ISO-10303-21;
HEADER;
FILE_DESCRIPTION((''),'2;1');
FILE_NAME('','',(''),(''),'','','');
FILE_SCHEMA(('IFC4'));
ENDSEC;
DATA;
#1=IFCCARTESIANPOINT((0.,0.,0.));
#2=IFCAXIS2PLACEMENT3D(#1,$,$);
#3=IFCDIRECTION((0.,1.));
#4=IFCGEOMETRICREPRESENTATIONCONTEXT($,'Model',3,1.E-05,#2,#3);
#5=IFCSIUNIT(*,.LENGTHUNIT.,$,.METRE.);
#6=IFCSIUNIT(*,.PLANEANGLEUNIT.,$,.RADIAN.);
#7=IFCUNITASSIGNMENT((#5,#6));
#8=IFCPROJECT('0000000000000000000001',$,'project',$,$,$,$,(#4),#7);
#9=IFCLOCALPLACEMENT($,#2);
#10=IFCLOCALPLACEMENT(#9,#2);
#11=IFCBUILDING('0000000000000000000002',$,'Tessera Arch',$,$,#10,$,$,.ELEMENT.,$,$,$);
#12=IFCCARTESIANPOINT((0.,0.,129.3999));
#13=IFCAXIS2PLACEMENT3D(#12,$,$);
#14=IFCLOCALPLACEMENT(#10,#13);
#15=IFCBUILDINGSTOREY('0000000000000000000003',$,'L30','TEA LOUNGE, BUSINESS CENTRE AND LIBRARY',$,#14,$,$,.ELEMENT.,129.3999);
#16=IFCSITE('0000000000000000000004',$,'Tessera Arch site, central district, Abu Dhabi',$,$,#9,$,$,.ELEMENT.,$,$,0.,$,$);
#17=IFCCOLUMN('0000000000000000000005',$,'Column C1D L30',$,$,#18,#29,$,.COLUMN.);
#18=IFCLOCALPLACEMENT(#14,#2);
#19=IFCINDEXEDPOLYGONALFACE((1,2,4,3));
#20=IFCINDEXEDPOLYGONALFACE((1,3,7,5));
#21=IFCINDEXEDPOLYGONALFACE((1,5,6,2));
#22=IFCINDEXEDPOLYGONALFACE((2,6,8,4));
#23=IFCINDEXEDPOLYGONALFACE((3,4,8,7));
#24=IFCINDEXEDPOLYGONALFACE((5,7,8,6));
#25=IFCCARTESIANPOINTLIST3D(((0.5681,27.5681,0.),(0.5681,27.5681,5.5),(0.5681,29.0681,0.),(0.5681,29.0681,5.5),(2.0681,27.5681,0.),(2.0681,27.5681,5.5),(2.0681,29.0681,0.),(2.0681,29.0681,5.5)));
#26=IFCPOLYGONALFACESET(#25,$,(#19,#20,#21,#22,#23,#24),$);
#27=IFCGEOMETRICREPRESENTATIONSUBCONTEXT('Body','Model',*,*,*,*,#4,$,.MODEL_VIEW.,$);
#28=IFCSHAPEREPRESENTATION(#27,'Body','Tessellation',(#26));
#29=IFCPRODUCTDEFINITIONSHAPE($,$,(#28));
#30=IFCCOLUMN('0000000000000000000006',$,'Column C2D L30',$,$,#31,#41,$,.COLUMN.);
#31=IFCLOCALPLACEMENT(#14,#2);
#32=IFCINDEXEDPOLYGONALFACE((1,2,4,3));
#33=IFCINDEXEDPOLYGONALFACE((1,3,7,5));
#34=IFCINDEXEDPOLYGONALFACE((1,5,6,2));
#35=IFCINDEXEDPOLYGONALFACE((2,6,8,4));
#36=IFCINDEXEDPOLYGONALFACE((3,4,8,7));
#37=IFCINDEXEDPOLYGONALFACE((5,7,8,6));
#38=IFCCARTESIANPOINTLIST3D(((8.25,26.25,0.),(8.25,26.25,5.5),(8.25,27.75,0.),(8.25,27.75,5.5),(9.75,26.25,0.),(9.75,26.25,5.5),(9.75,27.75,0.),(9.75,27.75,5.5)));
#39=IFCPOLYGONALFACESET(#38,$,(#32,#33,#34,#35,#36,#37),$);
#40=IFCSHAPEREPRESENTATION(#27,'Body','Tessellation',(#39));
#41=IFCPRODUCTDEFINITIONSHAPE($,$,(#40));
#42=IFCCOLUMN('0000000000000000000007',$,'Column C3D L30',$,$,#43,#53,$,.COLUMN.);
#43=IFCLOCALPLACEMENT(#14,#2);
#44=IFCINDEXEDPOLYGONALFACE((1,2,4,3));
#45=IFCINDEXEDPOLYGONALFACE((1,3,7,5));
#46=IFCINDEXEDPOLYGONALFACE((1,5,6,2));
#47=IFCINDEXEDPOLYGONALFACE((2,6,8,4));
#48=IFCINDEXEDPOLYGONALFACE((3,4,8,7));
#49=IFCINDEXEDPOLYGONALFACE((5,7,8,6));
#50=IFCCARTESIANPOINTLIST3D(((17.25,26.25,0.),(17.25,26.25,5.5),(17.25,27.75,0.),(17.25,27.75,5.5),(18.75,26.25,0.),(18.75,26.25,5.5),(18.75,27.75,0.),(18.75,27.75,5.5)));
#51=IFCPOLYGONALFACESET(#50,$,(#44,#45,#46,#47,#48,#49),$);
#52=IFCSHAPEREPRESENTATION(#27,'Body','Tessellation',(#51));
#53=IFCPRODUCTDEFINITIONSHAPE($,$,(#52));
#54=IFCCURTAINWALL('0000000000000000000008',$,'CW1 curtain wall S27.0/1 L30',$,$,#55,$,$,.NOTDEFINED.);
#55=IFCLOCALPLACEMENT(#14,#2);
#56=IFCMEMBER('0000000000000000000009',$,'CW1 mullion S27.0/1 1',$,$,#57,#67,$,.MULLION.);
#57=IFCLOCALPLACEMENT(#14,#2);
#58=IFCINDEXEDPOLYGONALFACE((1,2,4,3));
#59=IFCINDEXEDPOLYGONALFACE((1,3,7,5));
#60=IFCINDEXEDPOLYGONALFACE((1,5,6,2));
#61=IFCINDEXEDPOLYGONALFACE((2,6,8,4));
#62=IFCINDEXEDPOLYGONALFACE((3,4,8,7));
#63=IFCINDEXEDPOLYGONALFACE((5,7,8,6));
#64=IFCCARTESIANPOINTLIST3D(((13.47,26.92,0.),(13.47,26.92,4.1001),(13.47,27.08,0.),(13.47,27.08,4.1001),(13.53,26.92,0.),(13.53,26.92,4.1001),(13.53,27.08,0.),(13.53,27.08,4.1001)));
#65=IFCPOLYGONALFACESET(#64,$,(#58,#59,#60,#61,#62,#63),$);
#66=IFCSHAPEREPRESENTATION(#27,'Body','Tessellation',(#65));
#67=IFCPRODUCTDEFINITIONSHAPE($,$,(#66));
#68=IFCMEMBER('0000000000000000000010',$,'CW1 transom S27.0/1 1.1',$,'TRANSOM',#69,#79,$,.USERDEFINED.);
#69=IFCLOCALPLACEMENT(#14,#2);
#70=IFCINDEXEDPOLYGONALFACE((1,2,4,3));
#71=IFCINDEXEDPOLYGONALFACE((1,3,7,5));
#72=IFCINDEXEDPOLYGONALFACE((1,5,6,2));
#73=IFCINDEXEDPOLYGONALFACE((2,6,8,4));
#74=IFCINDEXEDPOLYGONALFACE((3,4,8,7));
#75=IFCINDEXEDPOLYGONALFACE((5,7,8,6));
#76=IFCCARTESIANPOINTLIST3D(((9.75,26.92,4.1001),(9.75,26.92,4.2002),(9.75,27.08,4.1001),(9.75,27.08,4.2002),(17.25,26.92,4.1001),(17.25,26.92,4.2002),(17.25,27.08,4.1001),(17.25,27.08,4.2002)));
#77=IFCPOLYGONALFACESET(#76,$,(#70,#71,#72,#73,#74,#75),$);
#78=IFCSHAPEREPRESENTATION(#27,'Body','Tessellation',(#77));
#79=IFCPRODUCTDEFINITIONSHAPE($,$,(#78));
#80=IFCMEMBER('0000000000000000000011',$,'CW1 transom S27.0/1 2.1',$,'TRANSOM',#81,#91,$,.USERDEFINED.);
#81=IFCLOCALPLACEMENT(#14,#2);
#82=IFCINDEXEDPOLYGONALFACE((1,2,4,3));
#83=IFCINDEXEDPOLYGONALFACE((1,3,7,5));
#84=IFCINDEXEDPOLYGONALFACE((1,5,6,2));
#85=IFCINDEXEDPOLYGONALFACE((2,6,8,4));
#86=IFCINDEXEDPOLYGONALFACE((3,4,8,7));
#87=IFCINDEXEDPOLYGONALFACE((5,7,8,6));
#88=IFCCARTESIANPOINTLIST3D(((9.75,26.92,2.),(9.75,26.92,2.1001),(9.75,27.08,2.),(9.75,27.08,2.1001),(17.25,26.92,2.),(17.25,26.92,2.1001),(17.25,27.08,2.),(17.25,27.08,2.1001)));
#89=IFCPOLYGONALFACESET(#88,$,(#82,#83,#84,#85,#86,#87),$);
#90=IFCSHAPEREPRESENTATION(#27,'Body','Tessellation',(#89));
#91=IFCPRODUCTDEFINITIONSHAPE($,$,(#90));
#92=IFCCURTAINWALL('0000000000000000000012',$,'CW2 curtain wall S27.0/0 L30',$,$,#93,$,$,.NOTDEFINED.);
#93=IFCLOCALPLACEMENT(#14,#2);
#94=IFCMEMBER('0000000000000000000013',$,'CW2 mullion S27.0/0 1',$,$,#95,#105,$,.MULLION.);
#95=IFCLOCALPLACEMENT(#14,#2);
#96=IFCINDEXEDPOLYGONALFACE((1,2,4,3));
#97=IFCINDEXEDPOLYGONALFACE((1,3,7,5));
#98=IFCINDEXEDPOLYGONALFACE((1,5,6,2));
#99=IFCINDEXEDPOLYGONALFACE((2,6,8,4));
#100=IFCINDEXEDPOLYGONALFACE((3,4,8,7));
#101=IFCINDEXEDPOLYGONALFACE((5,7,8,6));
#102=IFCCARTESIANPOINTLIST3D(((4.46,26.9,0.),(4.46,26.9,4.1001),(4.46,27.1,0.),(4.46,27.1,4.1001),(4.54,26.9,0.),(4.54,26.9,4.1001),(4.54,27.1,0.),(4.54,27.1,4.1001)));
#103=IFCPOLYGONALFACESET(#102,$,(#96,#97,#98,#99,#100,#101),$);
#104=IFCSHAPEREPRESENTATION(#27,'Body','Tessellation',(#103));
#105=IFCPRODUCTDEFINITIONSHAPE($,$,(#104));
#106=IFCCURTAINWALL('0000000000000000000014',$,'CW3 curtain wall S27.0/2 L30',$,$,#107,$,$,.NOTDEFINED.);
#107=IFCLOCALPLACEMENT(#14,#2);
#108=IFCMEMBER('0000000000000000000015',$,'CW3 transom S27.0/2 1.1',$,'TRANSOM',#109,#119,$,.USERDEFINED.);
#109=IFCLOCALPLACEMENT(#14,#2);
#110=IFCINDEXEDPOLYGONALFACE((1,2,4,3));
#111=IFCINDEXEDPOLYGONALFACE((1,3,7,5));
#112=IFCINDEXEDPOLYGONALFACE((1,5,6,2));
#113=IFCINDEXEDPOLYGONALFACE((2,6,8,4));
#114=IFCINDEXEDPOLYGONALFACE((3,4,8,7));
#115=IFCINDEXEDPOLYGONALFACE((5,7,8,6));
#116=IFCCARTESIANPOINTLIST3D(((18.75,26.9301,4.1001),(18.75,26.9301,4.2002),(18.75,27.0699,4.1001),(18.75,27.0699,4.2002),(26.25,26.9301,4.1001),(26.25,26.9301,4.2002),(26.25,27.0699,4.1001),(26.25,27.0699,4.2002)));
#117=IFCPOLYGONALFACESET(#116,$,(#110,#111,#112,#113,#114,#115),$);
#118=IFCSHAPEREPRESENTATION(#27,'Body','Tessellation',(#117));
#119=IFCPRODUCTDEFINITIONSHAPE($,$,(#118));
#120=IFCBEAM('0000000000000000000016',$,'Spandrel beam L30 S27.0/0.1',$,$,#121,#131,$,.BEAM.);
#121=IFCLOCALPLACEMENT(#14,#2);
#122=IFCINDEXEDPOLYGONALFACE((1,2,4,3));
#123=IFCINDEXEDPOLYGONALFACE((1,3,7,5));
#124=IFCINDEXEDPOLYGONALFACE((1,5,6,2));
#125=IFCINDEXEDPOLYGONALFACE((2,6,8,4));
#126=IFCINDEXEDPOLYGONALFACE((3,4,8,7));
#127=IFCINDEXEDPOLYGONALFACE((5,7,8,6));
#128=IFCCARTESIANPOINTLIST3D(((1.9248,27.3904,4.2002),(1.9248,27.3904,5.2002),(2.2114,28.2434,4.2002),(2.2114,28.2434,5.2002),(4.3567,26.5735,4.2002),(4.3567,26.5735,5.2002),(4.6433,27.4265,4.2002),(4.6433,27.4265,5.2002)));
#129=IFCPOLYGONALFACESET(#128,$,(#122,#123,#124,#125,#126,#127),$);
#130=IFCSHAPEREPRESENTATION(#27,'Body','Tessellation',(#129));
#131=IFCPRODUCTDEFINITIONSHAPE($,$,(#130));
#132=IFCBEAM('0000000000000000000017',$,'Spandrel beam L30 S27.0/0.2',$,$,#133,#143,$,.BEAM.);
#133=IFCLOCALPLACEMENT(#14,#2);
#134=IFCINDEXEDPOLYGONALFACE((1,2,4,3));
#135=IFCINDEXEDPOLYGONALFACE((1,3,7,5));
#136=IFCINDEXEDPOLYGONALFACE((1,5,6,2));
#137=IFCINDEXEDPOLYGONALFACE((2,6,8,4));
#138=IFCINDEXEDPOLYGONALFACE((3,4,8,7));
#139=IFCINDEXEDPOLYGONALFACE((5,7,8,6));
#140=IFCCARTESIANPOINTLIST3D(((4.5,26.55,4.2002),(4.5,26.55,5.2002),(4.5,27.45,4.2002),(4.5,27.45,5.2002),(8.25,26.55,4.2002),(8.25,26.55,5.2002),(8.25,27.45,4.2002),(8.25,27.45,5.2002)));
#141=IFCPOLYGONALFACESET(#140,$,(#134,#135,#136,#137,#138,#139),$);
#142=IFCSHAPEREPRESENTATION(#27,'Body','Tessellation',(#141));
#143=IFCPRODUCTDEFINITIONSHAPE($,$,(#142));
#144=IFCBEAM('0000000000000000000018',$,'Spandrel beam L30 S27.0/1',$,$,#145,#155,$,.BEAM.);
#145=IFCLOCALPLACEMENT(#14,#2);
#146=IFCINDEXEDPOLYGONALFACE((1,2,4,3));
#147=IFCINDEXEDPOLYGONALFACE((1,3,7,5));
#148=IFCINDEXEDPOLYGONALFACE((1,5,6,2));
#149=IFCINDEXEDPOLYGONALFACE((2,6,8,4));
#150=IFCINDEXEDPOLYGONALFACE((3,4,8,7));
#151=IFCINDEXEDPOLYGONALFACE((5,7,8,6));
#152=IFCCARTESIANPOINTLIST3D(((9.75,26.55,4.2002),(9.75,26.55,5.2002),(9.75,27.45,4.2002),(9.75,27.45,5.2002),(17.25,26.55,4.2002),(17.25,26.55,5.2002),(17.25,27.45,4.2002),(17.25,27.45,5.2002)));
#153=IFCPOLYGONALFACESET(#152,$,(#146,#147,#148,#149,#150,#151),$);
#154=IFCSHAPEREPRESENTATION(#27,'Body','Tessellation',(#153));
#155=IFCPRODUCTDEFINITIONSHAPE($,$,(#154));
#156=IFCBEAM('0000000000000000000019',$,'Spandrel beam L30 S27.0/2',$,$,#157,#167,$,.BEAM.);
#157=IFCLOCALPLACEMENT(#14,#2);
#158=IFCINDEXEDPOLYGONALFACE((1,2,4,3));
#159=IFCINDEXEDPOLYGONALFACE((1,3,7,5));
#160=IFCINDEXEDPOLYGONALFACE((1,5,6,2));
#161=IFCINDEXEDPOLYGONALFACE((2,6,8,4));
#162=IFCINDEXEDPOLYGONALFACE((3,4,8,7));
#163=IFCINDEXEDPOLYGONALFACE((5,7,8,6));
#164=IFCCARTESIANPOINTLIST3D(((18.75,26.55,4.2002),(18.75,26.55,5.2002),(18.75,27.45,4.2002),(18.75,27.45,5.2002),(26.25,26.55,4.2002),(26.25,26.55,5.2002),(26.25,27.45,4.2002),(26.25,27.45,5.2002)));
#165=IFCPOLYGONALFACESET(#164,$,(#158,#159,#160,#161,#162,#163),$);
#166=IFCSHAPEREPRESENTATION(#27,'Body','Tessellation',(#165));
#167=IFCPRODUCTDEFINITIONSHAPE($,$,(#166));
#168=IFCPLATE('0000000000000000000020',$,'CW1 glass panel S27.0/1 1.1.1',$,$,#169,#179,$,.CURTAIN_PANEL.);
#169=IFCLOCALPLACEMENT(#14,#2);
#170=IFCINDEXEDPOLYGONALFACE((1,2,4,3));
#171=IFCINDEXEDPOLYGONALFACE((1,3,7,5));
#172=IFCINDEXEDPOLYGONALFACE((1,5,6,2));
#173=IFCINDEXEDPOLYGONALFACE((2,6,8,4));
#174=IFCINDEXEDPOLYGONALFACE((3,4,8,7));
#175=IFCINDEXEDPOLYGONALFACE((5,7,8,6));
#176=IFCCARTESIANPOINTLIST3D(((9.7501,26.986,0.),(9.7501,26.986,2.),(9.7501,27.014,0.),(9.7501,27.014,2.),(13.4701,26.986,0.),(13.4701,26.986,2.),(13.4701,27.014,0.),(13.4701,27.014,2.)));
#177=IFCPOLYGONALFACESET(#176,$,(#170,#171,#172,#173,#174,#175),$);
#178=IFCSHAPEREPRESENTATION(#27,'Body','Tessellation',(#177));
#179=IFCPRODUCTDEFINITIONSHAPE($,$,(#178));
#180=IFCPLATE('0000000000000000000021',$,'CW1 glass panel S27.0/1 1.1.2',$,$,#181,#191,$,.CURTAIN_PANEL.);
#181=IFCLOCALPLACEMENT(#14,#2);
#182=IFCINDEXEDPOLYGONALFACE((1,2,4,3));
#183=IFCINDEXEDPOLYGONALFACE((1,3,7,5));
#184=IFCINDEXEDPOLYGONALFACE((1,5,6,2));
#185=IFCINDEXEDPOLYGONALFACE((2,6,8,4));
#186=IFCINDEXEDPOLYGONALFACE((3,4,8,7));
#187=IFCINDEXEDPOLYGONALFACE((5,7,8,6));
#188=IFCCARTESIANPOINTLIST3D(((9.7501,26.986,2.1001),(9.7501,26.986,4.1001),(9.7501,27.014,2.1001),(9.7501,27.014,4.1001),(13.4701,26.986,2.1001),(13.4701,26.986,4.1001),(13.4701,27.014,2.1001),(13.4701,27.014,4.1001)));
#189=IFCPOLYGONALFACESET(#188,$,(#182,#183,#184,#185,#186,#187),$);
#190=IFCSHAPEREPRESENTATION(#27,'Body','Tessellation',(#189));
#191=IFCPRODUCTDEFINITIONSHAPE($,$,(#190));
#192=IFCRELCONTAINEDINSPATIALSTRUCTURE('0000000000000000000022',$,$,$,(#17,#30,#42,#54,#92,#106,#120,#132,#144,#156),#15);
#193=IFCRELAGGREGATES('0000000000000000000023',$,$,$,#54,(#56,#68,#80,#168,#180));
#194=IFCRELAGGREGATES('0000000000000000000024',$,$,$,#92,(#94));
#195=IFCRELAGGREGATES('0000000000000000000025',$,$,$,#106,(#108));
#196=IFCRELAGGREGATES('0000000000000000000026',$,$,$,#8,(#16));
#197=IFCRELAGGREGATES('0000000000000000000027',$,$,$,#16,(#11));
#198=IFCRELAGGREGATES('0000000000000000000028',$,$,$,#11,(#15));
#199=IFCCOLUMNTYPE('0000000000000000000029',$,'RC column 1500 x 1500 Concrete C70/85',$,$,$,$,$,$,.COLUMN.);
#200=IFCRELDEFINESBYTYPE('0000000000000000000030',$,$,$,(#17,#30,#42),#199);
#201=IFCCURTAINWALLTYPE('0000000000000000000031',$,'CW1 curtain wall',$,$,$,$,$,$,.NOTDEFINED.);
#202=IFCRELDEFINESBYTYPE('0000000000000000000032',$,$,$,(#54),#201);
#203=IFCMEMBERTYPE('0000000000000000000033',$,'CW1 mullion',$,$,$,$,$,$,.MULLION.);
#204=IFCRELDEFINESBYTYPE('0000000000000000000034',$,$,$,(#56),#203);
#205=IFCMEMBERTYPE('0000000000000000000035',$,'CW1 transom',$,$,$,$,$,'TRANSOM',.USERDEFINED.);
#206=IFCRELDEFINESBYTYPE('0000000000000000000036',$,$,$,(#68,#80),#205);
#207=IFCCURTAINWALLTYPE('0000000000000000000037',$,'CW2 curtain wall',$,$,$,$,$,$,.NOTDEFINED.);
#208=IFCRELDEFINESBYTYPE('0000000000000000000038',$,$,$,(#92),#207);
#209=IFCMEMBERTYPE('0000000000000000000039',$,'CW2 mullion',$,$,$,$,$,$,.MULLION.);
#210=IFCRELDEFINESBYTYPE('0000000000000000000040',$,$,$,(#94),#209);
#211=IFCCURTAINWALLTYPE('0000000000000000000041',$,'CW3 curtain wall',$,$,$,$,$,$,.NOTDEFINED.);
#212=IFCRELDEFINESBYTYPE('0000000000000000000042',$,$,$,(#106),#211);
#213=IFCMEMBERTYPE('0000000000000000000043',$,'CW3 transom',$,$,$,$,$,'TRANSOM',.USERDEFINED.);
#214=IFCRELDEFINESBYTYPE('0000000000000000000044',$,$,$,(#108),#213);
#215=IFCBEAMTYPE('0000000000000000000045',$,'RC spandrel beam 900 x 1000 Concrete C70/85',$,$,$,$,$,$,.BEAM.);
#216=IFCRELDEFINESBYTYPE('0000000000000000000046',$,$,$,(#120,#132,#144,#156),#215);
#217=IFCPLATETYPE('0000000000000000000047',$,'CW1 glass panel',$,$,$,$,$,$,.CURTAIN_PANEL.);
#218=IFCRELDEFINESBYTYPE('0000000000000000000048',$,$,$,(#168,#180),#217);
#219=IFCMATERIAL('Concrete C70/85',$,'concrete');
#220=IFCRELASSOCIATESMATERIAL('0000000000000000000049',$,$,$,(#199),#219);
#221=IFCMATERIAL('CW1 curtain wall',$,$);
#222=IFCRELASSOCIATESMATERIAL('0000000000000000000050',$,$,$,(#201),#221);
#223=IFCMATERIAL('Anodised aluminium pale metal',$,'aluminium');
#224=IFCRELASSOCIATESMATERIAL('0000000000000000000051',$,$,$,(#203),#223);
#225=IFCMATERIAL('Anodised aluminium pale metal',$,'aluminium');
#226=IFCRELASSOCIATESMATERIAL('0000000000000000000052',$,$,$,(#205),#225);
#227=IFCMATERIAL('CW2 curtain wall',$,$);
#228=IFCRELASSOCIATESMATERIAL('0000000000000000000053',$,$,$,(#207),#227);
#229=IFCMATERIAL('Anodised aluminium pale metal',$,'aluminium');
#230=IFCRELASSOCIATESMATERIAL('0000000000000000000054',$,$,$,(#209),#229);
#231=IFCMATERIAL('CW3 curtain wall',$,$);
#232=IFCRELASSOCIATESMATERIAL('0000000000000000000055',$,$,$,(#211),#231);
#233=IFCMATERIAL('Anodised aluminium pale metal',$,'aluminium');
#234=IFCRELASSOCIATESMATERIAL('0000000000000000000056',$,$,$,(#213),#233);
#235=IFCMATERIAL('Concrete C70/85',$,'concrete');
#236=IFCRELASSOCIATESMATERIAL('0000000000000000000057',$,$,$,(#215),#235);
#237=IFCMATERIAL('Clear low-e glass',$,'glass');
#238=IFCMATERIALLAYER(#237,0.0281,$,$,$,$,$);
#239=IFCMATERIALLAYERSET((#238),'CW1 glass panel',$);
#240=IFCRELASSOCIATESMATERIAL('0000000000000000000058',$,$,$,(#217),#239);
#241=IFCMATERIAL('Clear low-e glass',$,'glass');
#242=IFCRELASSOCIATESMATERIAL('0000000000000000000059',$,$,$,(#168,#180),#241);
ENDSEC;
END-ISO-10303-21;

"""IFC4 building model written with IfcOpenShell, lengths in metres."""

from ifc_helpers import new_model, si_unit, direction, frame, origin, origin_2d, place, context, subcontext, project, spatial, rectangle, extrude, material, layer, layer_set, material_profile, profile_set, type_object, element, aggregate, save


model = new_model("IFC4")

# Units and contexts
model_context = context("Model", 3, precision=1e-05, world=origin(), true_north=direction((0.0, 1.0)))
body_context = subcontext(model_context, "Body", "Model", "MODEL_VIEW")
ifc_project = project(units=[si_unit("LENGTHUNIT", "METRE"), si_unit("PLANEANGLEUNIT", "RADIAN")], contexts=[model_context])

# Site, building, storey
site_placement = place(None, origin())
site = spatial("IfcSite", under=ifc_project, at=site_placement, Name="Tessera Arch site, central district, Abu Dhabi", CompositionType="ELEMENT", RefElevation=0.0)
building_placement = place(site_placement, origin())
building = spatial("IfcBuilding", under=site, at=building_placement, Name="Tessera Arch", CompositionType="ELEMENT")
storey_placement = place(building_placement, frame((0.0, 0.0, 129.3999)))
storey = spatial("IfcBuildingStorey", under=building, at=storey_placement, Name="L30", Description="TEA LOUNGE, BUSINESS CENTRE AND LIBRARY", CompositionType="ELEMENT", Elevation=129.3999)

# Columns
ifc_material_1 = material(Name="Concrete C70/85", Category="concrete")
ifc_material_profile_1 = material_profile(ifc_material_1, rectangle(XDim=1.5, YDim=1.5, at=origin_2d()), Name="RC column 1500 x 1500 Concrete C70/85")
ifc_profile_set_1 = profile_set([ifc_material_profile_1], Name="Concrete C70/85")
column_type = type_object("IfcColumnType", Name="RC column 1500 x 1500 Concrete C70/85", PredefinedType="COLUMN", material=ifc_profile_set_1)
for number, where, z_axis, x_axis, name in (
    (1, (1.3181, 28.3181, 0.0), (0.0, 0.0, 1.0), (1.0, 0.0, 0.0), "Column C1D L30"),
    (2, (9.0, 27.0, 0.0), (0.0, 0.0, 1.0), (1.0, 0.0, 0.0), "Column C2D L30"),
    (3, (18.0, 27.0, 0.0), (0.0, 0.0, 1.0), (1.0, 0.0, 0.0), "Column C3D L30"),
):
    element("IfcColumn", number, at=place(storey_placement, frame(where, z_axis=z_axis, x_axis=x_axis)), inside=storey, type_object=column_type, Name=name, PredefinedType="COLUMN", context=body_context, shape_type="SweptSolid", body=[
        extrude(rectangle(XDim=1.5, YDim=1.5, at=origin_2d()), origin(), (0.0, 0.0, 1.0), 5.5),
    ])

# Curtain wall, members
ifc_material_2 = material(Name="CW1 curtain wall")
curtain_wall_type_1 = type_object("IfcCurtainWallType", Name="CW1 curtain wall", PredefinedType="NOTDEFINED", material=ifc_material_2)
curtain_wall_1_placement = place(storey_placement, origin())
curtain_wall_1 = element("IfcCurtainWall", 4, at=curtain_wall_1_placement, inside=storey, type_object=curtain_wall_type_1, Name="CW1 curtain wall S27.0/1 L30", PredefinedType="NOTDEFINED")
ifc_material_3 = material(Name="Anodised aluminium pale metal", Category="aluminium")
ifc_material_profile_2 = material_profile(ifc_material_3, rectangle(XDim=0.1599, YDim=0.0601, at=origin_2d()), Name="AL 60x160")
ifc_profile_set_2 = profile_set([ifc_material_profile_2], Name="Anodised aluminium pale metal")
member_type_1 = type_object("IfcMemberType", Name="CW1 mullion", PredefinedType="MULLION", material=ifc_profile_set_2)
member_1_placement = place(storey_placement, frame((13.5, 27.0, 0.0), z_axis=(0.0, 0.0, 1.0), x_axis=(0.0, 1.0, 0.0)))
member_1 = element("IfcMember", 5, at=member_1_placement, type_object=member_type_1, Name="CW1 mullion S27.0/1 1", PredefinedType="MULLION", context=body_context, shape_type="SweptSolid", body=[
    extrude(rectangle(XDim=0.1599, YDim=0.0601, at=origin_2d()), origin(), (0.0, 0.0, 1.0), 4.1001),
])
ifc_material_4 = material(Name="Anodised aluminium pale metal", Category="aluminium")
ifc_material_profile_3 = material_profile(ifc_material_4, rectangle(XDim=0.1599, YDim=0.1001, at=origin_2d()), Name="AL 160x100")
ifc_profile_set_3 = profile_set([ifc_material_profile_3], Name="Anodised aluminium pale metal")
member_type_2 = type_object("IfcMemberType", Name="CW1 transom", ElementType="TRANSOM", PredefinedType="USERDEFINED", material=ifc_profile_set_3)
member_2_placement = place(storey_placement, frame((9.75, 27.0, 4.1501), z_axis=(1.0, 0.0, 0.0), x_axis=(0.0, 1.0, 0.0)))
member_2 = element("IfcMember", 6, at=member_2_placement, type_object=member_type_2, Name="CW1 transom S27.0/1 1.1", ObjectType="TRANSOM", PredefinedType="USERDEFINED", context=body_context, shape_type="SweptSolid", body=[
    extrude(rectangle(XDim=0.1599, YDim=0.1001, at=origin_2d()), origin(), (0.0, 0.0, 1.0), 7.5),
])
member_3_placement = place(storey_placement, frame((9.75, 27.0, 2.05), z_axis=(1.0, 0.0, 0.0), x_axis=(0.0, 1.0, 0.0)))
member_3 = element("IfcMember", 7, at=member_3_placement, type_object=member_type_2, Name="CW1 transom S27.0/1 2.1", ObjectType="TRANSOM", PredefinedType="USERDEFINED", context=body_context, shape_type="SweptSolid", body=[
    extrude(rectangle(XDim=0.1599, YDim=0.1001, at=origin_2d()), origin(), (0.0, 0.0, 1.0), 7.5),
])

# Curtain walls, members
ifc_material_5 = material(Name="CW2 curtain wall")
curtain_wall_type_2 = type_object("IfcCurtainWallType", Name="CW2 curtain wall", PredefinedType="NOTDEFINED", material=ifc_material_5)
curtain_wall_2_placement = place(storey_placement, origin())
curtain_wall_2 = element("IfcCurtainWall", 8, at=curtain_wall_2_placement, inside=storey, type_object=curtain_wall_type_2, Name="CW2 curtain wall S27.0/0 L30", PredefinedType="NOTDEFINED")
ifc_material_6 = material(Name="Anodised aluminium pale metal", Category="aluminium")
ifc_material_profile_4 = material_profile(ifc_material_6, rectangle(XDim=0.2, YDim=0.0801, at=origin_2d()), Name="AL 80x200")
ifc_profile_set_4 = profile_set([ifc_material_profile_4], Name="Anodised aluminium pale metal")
member_type_3 = type_object("IfcMemberType", Name="CW2 mullion", PredefinedType="MULLION", material=ifc_profile_set_4)
member_4_placement = place(storey_placement, frame((4.5, 27.0, 0.0), z_axis=(0.0, 0.0, 1.0), x_axis=(0.0, 1.0, 0.0)))
member_4 = element("IfcMember", 9, at=member_4_placement, type_object=member_type_3, Name="CW2 mullion S27.0/0 1", PredefinedType="MULLION", context=body_context, shape_type="SweptSolid", body=[
    extrude(rectangle(XDim=0.2, YDim=0.0801, at=origin_2d()), origin(), (0.0, 0.0, 1.0), 4.1001),
])
ifc_material_7 = material(Name="CW3 curtain wall")
curtain_wall_type_3 = type_object("IfcCurtainWallType", Name="CW3 curtain wall", PredefinedType="NOTDEFINED", material=ifc_material_7)
curtain_wall_3_placement = place(storey_placement, origin())
curtain_wall_3 = element("IfcCurtainWall", 10, at=curtain_wall_3_placement, inside=storey, type_object=curtain_wall_type_3, Name="CW3 curtain wall S27.0/2 L30", PredefinedType="NOTDEFINED")
ifc_material_8 = material(Name="Anodised aluminium pale metal", Category="aluminium")
ifc_material_profile_5 = material_profile(ifc_material_8, rectangle(XDim=0.1399, YDim=0.1001, at=origin_2d()), Name="AL 140x100")
ifc_profile_set_5 = profile_set([ifc_material_profile_5], Name="Anodised aluminium pale metal")
member_type_4 = type_object("IfcMemberType", Name="CW3 transom", ElementType="TRANSOM", PredefinedType="USERDEFINED", material=ifc_profile_set_5)
member_5_placement = place(storey_placement, frame((18.75, 27.0, 4.1501), z_axis=(1.0, 0.0, 0.0), x_axis=(0.0, 1.0, 0.0)))
member_5 = element("IfcMember", 11, at=member_5_placement, type_object=member_type_4, Name="CW3 transom S27.0/2 1.1", ObjectType="TRANSOM", PredefinedType="USERDEFINED", context=body_context, shape_type="SweptSolid", body=[
    extrude(rectangle(XDim=0.1399, YDim=0.1001, at=origin_2d()), origin(), (0.0, 0.0, 1.0), 7.5),
])

# Beams
ifc_material_9 = material(Name="Concrete C70/85", Category="concrete")
ifc_material_profile_6 = material_profile(ifc_material_9, rectangle(XDim=0.8999, YDim=1.0, at=origin_2d()), Name="RC spandrel beam 900 x 1000 Concrete C70/85")
ifc_profile_set_6 = profile_set([ifc_material_profile_6], Name="Concrete C70/85")
beam_type = type_object("IfcBeamType", Name="RC spandrel beam 900 x 1000 Concrete C70/85", PredefinedType="BEAM", material=ifc_profile_set_6)
beam_1_placement = place(storey_placement, frame((2.0681, 27.8169, 4.7002), z_axis=(0.947948, -0.318425, 0.0), x_axis=(0.318425, 0.947948, 0.0)))
element("IfcBeam", 12, at=beam_1_placement, inside=storey, type_object=beam_type, Name="Spandrel beam L30 S27.0/0.1", PredefinedType="BEAM", context=body_context, shape_type="SweptSolid", body=[
    extrude(rectangle(XDim=0.8999, YDim=1.0, at=origin_2d()), origin(), (0.0, 0.0, 1.0), 2.5654),
])
beam_2_placement = place(storey_placement, frame((4.5, 27.0, 4.7002), z_axis=(1.0, 0.0, 0.0), x_axis=(0.0, 1.0, 0.0)))
element("IfcBeam", 13, at=beam_2_placement, inside=storey, type_object=beam_type, Name="Spandrel beam L30 S27.0/0.2", PredefinedType="BEAM", context=body_context, shape_type="SweptSolid", body=[
    extrude(rectangle(XDim=0.8999, YDim=1.0, at=origin_2d()), origin(), (0.0, 0.0, 1.0), 3.75),
])
for number, where, z_axis, x_axis, name in (
    (14, (9.75, 27.0, 4.7002), (1.0, 0.0, 0.0), (0.0, 1.0, 0.0), "Spandrel beam L30 S27.0/1"),
    (15, (18.75, 27.0, 4.7002), (1.0, 0.0, 0.0), (0.0, 1.0, 0.0), "Spandrel beam L30 S27.0/2"),
):
    element("IfcBeam", number, at=place(storey_placement, frame(where, z_axis=z_axis, x_axis=x_axis)), inside=storey, type_object=beam_type, Name=name, PredefinedType="BEAM", context=body_context, shape_type="SweptSolid", body=[
        extrude(rectangle(XDim=0.8999, YDim=1.0, at=origin_2d()), origin(), (0.0, 0.0, 1.0), 7.5),
    ])

# Plates
ifc_material_10 = material(Name="Clear low-e glass", Category="glass")
ifc_material_11 = material(Name="Clear low-e glass", Category="glass")
ifc_layer_1 = layer(ifc_material_11, 0.0281)
ifc_layer_set_1 = layer_set([ifc_layer_1], Name="CW1 glass panel")
plate_type_1 = type_object("IfcPlateType", Name="CW1 glass panel", PredefinedType="CURTAIN_PANEL", material=ifc_layer_set_1)
plate_1_placement = place(storey_placement, frame((11.6101, 27.0, 0.0), z_axis=(0.0, 0.0, 1.0), x_axis=(1.0, 0.0, 0.0)))
plate_1 = element("IfcPlate", 16, at=plate_1_placement, type_object=plate_type_1, material=ifc_material_10, Name="CW1 glass panel S27.0/1 1.1.1", PredefinedType="CURTAIN_PANEL", context=body_context, shape_type="SweptSolid", body=[
    extrude(rectangle(XDim=3.72, YDim=0.0281, at=origin_2d()), origin(), (0.0, 0.0, 1.0), 2.0),
])
plate_2_placement = place(storey_placement, frame((11.6101, 27.0, 2.1001), z_axis=(0.0, 0.0, 1.0), x_axis=(1.0, 0.0, 0.0)))
plate_2 = element("IfcPlate", 17, at=plate_2_placement, type_object=plate_type_1, material=ifc_material_10, Name="CW1 glass panel S27.0/1 1.1.2", PredefinedType="CURTAIN_PANEL", context=body_context, shape_type="SweptSolid", body=[
    extrude(rectangle(XDim=3.72, YDim=0.0281, at=origin_2d()), origin(), (0.0, 0.0, 1.0), 2.0),
])
aggregate(curtain_wall_1, [member_1, member_2, member_3, plate_1, plate_2])
aggregate(curtain_wall_2, [member_4])
aggregate(curtain_wall_3, [member_5])

save(model, "model.ifc")
